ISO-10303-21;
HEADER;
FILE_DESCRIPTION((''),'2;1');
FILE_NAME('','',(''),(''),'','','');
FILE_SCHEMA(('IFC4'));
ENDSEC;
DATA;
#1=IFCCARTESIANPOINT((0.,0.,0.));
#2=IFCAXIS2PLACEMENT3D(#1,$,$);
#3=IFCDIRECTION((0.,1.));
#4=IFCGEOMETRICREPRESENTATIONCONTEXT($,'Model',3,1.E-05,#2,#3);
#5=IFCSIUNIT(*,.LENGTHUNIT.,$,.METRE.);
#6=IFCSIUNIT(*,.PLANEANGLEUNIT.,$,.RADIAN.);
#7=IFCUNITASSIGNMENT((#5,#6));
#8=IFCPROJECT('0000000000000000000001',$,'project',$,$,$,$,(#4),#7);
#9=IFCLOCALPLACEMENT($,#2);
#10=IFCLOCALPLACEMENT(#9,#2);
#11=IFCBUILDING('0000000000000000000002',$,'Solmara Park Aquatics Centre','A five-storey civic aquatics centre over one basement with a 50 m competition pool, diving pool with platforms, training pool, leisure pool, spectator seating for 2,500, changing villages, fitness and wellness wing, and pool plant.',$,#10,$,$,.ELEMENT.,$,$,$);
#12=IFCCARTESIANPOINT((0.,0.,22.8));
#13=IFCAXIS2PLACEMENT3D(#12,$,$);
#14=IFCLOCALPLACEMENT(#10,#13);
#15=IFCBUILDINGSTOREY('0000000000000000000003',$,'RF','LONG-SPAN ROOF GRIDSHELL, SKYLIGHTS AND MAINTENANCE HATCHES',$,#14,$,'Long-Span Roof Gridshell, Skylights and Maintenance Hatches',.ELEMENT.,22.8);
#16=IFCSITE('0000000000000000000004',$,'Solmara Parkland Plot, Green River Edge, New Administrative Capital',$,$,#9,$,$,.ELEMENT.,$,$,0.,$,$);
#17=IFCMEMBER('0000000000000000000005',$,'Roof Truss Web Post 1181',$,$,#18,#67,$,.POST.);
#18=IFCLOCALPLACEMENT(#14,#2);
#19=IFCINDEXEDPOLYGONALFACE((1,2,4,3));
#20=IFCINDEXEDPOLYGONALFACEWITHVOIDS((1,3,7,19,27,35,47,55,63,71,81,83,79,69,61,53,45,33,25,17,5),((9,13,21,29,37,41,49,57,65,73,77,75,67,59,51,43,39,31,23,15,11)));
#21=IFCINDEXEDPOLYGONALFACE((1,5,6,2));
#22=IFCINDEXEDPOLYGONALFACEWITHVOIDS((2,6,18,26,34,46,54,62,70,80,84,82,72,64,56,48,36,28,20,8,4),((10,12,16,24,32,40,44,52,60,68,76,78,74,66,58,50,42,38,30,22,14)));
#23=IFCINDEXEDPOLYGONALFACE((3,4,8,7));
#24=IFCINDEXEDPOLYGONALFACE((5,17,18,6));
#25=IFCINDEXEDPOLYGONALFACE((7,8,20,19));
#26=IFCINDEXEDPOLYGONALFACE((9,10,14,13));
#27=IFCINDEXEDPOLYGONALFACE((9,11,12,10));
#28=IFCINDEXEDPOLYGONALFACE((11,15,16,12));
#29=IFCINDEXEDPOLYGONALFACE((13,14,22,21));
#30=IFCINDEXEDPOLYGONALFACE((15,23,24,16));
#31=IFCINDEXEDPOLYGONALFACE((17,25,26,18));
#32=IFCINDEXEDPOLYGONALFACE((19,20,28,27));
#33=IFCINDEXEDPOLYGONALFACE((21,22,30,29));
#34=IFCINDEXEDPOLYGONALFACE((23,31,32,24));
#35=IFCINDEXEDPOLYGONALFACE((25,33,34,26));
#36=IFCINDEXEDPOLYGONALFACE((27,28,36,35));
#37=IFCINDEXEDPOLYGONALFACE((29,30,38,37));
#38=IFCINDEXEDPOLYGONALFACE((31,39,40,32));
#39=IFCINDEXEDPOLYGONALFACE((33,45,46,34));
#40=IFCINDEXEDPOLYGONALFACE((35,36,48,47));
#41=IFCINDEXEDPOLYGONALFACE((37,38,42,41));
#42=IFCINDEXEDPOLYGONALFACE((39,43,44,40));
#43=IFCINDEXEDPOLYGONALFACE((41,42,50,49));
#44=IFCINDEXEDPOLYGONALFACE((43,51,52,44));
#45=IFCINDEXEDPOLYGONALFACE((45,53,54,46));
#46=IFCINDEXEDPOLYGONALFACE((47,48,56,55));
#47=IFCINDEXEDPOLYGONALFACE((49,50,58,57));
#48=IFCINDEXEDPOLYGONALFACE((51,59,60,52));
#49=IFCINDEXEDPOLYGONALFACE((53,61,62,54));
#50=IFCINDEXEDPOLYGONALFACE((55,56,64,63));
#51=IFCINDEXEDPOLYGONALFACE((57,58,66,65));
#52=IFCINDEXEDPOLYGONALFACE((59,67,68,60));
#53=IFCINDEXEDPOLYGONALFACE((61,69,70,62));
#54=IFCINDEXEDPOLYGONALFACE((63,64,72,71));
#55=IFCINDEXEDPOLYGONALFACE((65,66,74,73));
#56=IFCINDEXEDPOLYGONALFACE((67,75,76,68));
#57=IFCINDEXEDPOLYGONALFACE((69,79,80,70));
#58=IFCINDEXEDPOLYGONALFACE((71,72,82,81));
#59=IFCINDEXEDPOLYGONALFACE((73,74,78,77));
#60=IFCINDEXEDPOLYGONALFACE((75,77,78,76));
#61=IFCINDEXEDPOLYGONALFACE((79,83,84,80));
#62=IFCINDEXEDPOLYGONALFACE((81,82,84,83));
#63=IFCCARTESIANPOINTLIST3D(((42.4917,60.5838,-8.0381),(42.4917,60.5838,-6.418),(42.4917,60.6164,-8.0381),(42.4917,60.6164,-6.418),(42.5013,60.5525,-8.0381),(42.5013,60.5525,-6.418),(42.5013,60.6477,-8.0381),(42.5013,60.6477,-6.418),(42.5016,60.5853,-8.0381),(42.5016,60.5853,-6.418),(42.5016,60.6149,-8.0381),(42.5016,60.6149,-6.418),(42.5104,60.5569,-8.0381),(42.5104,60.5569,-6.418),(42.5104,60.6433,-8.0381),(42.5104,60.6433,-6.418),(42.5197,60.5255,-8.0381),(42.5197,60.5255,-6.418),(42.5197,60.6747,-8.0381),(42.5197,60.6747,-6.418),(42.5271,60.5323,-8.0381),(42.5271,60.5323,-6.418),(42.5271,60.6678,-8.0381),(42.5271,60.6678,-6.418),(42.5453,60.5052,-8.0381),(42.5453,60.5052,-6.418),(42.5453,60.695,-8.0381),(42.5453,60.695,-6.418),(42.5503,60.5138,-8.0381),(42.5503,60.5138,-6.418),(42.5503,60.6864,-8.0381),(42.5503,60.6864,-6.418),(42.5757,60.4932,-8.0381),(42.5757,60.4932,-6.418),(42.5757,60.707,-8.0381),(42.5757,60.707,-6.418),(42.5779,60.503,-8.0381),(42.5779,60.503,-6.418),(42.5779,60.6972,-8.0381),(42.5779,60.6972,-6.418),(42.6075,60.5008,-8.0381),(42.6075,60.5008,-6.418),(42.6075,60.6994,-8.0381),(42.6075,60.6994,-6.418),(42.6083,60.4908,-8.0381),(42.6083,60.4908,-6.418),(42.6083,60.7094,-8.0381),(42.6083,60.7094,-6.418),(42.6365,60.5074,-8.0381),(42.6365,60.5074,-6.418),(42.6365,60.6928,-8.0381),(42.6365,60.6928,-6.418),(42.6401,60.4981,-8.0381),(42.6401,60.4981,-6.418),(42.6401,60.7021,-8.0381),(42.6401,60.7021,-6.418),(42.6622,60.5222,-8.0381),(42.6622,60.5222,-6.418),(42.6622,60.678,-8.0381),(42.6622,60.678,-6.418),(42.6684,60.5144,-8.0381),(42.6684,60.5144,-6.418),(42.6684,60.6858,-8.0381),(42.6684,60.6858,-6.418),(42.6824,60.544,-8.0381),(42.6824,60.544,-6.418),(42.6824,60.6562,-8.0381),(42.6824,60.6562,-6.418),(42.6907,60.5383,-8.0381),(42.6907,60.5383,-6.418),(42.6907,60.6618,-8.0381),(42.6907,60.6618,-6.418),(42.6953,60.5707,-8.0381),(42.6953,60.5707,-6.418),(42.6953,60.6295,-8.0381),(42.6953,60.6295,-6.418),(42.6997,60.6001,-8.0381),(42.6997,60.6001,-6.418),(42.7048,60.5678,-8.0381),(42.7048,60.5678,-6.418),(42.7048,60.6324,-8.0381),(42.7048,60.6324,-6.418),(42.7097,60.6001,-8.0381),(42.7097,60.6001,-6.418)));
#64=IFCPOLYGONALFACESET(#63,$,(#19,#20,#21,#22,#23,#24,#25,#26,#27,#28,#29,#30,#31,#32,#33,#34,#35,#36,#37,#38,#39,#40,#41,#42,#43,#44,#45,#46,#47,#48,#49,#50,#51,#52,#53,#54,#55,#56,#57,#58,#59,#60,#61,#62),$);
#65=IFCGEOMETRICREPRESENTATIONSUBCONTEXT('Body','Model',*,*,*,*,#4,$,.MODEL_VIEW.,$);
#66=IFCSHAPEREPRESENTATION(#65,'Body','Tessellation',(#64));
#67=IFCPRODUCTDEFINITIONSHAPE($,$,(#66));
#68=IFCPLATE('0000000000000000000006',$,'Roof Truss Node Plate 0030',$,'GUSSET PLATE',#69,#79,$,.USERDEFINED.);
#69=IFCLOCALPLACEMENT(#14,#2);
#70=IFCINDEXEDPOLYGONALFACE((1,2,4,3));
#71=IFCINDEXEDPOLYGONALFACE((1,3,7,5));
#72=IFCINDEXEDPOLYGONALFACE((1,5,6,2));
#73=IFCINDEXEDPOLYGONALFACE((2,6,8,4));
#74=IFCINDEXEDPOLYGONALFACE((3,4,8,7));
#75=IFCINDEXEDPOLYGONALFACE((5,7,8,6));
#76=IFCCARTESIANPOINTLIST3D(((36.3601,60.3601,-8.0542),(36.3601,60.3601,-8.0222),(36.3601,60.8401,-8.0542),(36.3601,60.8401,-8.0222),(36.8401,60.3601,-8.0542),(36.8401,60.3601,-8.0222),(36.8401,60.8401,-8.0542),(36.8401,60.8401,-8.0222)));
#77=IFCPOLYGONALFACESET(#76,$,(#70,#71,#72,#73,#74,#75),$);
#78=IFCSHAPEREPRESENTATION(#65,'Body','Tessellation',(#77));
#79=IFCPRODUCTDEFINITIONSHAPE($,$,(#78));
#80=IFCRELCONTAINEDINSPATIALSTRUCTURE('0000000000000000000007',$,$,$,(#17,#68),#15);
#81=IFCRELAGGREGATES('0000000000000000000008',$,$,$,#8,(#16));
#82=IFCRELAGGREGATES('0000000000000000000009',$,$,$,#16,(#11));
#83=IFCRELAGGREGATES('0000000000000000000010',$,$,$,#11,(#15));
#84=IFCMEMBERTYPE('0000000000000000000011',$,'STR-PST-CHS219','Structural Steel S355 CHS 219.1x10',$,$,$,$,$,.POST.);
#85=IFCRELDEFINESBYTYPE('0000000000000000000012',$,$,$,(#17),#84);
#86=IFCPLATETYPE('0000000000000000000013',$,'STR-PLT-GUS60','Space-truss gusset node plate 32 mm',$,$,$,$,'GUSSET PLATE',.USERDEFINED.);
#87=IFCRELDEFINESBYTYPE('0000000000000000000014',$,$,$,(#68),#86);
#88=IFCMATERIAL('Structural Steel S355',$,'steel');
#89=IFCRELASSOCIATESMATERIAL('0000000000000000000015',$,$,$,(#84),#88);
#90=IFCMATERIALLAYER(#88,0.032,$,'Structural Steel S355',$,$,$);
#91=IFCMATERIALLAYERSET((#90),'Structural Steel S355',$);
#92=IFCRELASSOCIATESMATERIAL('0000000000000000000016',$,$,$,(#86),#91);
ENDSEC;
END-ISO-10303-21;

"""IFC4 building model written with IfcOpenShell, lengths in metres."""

from ifc_helpers import new_model, si_unit, direction, frame, origin, origin_2d, place, context, subcontext, project, spatial, rectangle, hollow_circle, extrude, material, layer, layer_set, material_profile, profile_set, type_object, element, save


model = new_model("IFC4")

# Units and contexts
model_context = context("Model", 3, precision=1e-05, world=origin(), true_north=direction((0.0, 1.0)))
body_context = subcontext(model_context, "Body", "Model", "MODEL_VIEW")
ifc_project = project(units=[si_unit("LENGTHUNIT", "METRE"), si_unit("PLANEANGLEUNIT", "RADIAN")], contexts=[model_context])

# Site, building, storey
site_placement = place(None, origin())
site = spatial("IfcSite", under=ifc_project, at=site_placement, Name="Solmara Parkland Plot, Green River Edge, New Administrative Capital", CompositionType="ELEMENT", RefElevation=0.0)
building_placement = place(site_placement, origin())
building = spatial("IfcBuilding", under=site, at=building_placement, Name="Solmara Park Aquatics Centre", Description="A five-storey civic aquatics centre over one basement with a 50 m competition pool, diving pool with platforms, training pool, leisure pool, spectator seating for 2,500, changing villages, fitness and wellness wing, and pool plant.", CompositionType="ELEMENT")
storey_placement = place(building_placement, frame((0.0, 0.0, 22.8)))
storey = spatial("IfcBuildingStorey", under=building, at=storey_placement, Name="RF", Description="LONG-SPAN ROOF GRIDSHELL, SKYLIGHTS AND MAINTENANCE HATCHES", LongName="Long-Span Roof Gridshell, Skylights and Maintenance Hatches", CompositionType="ELEMENT", Elevation=22.8)

# Member
ifc_material_1 = material(Name="Structural Steel S355", Category="steel")
ifc_material_profile_1 = material_profile(ifc_material_1, hollow_circle(Radius=0.1096, WallThickness=0.01, at=origin_2d()), Name="CHS 219.1x10")
ifc_profile_set_1 = profile_set([ifc_material_profile_1], Name="Structural Steel S355")
member_type_1 = type_object("IfcMemberType", Name="STR-PST-CHS219", Description="Structural Steel S355 CHS 219.1x10", PredefinedType="POST", material=ifc_profile_set_1)
member_1_placement = place(storey_placement, frame((42.6001, 60.6001, -8.0381), z_axis=(0.0, 0.0, 1.0), x_axis=(1.0, 0.0, 0.0)))
element("IfcMember", 1, at=member_1_placement, inside=storey, type_object=member_type_1, Name="Roof Truss Web Post 1181", PredefinedType="POST", context=body_context, shape_type="SweptSolid", body=[
    extrude(hollow_circle(Radius=0.1096, WallThickness=0.01, at=origin_2d()), origin(), (0.0, 0.0, 1.0), 1.6201),
])

# Plate
ifc_layer = layer(ifc_material_1, 0.032, Name="Structural Steel S355")
ifc_layer_set = layer_set([ifc_layer], Name="Structural Steel S355")
plate_type = type_object("IfcPlateType", Name="STR-PLT-GUS60", Description="Space-truss gusset node plate 32 mm", ElementType="GUSSET PLATE", PredefinedType="USERDEFINED", material=ifc_layer_set)
plate_placement = place(storey_placement, frame((36.6001, 60.6001, -8.0542), z_axis=(0.0, 0.0, 1.0), x_axis=(1.0, 0.0, 0.0)))
element("IfcPlate", 2, at=plate_placement, inside=storey, type_object=plate_type, Name="Roof Truss Node Plate 0030", ObjectType="GUSSET PLATE", PredefinedType="USERDEFINED", context=body_context, shape_type="SweptSolid", body=[
    extrude(rectangle(XDim=0.48, YDim=0.48, at=origin_2d()), origin(), (0.0, 0.0, 1.0), 0.032),
])

save(model, "model.ifc")
